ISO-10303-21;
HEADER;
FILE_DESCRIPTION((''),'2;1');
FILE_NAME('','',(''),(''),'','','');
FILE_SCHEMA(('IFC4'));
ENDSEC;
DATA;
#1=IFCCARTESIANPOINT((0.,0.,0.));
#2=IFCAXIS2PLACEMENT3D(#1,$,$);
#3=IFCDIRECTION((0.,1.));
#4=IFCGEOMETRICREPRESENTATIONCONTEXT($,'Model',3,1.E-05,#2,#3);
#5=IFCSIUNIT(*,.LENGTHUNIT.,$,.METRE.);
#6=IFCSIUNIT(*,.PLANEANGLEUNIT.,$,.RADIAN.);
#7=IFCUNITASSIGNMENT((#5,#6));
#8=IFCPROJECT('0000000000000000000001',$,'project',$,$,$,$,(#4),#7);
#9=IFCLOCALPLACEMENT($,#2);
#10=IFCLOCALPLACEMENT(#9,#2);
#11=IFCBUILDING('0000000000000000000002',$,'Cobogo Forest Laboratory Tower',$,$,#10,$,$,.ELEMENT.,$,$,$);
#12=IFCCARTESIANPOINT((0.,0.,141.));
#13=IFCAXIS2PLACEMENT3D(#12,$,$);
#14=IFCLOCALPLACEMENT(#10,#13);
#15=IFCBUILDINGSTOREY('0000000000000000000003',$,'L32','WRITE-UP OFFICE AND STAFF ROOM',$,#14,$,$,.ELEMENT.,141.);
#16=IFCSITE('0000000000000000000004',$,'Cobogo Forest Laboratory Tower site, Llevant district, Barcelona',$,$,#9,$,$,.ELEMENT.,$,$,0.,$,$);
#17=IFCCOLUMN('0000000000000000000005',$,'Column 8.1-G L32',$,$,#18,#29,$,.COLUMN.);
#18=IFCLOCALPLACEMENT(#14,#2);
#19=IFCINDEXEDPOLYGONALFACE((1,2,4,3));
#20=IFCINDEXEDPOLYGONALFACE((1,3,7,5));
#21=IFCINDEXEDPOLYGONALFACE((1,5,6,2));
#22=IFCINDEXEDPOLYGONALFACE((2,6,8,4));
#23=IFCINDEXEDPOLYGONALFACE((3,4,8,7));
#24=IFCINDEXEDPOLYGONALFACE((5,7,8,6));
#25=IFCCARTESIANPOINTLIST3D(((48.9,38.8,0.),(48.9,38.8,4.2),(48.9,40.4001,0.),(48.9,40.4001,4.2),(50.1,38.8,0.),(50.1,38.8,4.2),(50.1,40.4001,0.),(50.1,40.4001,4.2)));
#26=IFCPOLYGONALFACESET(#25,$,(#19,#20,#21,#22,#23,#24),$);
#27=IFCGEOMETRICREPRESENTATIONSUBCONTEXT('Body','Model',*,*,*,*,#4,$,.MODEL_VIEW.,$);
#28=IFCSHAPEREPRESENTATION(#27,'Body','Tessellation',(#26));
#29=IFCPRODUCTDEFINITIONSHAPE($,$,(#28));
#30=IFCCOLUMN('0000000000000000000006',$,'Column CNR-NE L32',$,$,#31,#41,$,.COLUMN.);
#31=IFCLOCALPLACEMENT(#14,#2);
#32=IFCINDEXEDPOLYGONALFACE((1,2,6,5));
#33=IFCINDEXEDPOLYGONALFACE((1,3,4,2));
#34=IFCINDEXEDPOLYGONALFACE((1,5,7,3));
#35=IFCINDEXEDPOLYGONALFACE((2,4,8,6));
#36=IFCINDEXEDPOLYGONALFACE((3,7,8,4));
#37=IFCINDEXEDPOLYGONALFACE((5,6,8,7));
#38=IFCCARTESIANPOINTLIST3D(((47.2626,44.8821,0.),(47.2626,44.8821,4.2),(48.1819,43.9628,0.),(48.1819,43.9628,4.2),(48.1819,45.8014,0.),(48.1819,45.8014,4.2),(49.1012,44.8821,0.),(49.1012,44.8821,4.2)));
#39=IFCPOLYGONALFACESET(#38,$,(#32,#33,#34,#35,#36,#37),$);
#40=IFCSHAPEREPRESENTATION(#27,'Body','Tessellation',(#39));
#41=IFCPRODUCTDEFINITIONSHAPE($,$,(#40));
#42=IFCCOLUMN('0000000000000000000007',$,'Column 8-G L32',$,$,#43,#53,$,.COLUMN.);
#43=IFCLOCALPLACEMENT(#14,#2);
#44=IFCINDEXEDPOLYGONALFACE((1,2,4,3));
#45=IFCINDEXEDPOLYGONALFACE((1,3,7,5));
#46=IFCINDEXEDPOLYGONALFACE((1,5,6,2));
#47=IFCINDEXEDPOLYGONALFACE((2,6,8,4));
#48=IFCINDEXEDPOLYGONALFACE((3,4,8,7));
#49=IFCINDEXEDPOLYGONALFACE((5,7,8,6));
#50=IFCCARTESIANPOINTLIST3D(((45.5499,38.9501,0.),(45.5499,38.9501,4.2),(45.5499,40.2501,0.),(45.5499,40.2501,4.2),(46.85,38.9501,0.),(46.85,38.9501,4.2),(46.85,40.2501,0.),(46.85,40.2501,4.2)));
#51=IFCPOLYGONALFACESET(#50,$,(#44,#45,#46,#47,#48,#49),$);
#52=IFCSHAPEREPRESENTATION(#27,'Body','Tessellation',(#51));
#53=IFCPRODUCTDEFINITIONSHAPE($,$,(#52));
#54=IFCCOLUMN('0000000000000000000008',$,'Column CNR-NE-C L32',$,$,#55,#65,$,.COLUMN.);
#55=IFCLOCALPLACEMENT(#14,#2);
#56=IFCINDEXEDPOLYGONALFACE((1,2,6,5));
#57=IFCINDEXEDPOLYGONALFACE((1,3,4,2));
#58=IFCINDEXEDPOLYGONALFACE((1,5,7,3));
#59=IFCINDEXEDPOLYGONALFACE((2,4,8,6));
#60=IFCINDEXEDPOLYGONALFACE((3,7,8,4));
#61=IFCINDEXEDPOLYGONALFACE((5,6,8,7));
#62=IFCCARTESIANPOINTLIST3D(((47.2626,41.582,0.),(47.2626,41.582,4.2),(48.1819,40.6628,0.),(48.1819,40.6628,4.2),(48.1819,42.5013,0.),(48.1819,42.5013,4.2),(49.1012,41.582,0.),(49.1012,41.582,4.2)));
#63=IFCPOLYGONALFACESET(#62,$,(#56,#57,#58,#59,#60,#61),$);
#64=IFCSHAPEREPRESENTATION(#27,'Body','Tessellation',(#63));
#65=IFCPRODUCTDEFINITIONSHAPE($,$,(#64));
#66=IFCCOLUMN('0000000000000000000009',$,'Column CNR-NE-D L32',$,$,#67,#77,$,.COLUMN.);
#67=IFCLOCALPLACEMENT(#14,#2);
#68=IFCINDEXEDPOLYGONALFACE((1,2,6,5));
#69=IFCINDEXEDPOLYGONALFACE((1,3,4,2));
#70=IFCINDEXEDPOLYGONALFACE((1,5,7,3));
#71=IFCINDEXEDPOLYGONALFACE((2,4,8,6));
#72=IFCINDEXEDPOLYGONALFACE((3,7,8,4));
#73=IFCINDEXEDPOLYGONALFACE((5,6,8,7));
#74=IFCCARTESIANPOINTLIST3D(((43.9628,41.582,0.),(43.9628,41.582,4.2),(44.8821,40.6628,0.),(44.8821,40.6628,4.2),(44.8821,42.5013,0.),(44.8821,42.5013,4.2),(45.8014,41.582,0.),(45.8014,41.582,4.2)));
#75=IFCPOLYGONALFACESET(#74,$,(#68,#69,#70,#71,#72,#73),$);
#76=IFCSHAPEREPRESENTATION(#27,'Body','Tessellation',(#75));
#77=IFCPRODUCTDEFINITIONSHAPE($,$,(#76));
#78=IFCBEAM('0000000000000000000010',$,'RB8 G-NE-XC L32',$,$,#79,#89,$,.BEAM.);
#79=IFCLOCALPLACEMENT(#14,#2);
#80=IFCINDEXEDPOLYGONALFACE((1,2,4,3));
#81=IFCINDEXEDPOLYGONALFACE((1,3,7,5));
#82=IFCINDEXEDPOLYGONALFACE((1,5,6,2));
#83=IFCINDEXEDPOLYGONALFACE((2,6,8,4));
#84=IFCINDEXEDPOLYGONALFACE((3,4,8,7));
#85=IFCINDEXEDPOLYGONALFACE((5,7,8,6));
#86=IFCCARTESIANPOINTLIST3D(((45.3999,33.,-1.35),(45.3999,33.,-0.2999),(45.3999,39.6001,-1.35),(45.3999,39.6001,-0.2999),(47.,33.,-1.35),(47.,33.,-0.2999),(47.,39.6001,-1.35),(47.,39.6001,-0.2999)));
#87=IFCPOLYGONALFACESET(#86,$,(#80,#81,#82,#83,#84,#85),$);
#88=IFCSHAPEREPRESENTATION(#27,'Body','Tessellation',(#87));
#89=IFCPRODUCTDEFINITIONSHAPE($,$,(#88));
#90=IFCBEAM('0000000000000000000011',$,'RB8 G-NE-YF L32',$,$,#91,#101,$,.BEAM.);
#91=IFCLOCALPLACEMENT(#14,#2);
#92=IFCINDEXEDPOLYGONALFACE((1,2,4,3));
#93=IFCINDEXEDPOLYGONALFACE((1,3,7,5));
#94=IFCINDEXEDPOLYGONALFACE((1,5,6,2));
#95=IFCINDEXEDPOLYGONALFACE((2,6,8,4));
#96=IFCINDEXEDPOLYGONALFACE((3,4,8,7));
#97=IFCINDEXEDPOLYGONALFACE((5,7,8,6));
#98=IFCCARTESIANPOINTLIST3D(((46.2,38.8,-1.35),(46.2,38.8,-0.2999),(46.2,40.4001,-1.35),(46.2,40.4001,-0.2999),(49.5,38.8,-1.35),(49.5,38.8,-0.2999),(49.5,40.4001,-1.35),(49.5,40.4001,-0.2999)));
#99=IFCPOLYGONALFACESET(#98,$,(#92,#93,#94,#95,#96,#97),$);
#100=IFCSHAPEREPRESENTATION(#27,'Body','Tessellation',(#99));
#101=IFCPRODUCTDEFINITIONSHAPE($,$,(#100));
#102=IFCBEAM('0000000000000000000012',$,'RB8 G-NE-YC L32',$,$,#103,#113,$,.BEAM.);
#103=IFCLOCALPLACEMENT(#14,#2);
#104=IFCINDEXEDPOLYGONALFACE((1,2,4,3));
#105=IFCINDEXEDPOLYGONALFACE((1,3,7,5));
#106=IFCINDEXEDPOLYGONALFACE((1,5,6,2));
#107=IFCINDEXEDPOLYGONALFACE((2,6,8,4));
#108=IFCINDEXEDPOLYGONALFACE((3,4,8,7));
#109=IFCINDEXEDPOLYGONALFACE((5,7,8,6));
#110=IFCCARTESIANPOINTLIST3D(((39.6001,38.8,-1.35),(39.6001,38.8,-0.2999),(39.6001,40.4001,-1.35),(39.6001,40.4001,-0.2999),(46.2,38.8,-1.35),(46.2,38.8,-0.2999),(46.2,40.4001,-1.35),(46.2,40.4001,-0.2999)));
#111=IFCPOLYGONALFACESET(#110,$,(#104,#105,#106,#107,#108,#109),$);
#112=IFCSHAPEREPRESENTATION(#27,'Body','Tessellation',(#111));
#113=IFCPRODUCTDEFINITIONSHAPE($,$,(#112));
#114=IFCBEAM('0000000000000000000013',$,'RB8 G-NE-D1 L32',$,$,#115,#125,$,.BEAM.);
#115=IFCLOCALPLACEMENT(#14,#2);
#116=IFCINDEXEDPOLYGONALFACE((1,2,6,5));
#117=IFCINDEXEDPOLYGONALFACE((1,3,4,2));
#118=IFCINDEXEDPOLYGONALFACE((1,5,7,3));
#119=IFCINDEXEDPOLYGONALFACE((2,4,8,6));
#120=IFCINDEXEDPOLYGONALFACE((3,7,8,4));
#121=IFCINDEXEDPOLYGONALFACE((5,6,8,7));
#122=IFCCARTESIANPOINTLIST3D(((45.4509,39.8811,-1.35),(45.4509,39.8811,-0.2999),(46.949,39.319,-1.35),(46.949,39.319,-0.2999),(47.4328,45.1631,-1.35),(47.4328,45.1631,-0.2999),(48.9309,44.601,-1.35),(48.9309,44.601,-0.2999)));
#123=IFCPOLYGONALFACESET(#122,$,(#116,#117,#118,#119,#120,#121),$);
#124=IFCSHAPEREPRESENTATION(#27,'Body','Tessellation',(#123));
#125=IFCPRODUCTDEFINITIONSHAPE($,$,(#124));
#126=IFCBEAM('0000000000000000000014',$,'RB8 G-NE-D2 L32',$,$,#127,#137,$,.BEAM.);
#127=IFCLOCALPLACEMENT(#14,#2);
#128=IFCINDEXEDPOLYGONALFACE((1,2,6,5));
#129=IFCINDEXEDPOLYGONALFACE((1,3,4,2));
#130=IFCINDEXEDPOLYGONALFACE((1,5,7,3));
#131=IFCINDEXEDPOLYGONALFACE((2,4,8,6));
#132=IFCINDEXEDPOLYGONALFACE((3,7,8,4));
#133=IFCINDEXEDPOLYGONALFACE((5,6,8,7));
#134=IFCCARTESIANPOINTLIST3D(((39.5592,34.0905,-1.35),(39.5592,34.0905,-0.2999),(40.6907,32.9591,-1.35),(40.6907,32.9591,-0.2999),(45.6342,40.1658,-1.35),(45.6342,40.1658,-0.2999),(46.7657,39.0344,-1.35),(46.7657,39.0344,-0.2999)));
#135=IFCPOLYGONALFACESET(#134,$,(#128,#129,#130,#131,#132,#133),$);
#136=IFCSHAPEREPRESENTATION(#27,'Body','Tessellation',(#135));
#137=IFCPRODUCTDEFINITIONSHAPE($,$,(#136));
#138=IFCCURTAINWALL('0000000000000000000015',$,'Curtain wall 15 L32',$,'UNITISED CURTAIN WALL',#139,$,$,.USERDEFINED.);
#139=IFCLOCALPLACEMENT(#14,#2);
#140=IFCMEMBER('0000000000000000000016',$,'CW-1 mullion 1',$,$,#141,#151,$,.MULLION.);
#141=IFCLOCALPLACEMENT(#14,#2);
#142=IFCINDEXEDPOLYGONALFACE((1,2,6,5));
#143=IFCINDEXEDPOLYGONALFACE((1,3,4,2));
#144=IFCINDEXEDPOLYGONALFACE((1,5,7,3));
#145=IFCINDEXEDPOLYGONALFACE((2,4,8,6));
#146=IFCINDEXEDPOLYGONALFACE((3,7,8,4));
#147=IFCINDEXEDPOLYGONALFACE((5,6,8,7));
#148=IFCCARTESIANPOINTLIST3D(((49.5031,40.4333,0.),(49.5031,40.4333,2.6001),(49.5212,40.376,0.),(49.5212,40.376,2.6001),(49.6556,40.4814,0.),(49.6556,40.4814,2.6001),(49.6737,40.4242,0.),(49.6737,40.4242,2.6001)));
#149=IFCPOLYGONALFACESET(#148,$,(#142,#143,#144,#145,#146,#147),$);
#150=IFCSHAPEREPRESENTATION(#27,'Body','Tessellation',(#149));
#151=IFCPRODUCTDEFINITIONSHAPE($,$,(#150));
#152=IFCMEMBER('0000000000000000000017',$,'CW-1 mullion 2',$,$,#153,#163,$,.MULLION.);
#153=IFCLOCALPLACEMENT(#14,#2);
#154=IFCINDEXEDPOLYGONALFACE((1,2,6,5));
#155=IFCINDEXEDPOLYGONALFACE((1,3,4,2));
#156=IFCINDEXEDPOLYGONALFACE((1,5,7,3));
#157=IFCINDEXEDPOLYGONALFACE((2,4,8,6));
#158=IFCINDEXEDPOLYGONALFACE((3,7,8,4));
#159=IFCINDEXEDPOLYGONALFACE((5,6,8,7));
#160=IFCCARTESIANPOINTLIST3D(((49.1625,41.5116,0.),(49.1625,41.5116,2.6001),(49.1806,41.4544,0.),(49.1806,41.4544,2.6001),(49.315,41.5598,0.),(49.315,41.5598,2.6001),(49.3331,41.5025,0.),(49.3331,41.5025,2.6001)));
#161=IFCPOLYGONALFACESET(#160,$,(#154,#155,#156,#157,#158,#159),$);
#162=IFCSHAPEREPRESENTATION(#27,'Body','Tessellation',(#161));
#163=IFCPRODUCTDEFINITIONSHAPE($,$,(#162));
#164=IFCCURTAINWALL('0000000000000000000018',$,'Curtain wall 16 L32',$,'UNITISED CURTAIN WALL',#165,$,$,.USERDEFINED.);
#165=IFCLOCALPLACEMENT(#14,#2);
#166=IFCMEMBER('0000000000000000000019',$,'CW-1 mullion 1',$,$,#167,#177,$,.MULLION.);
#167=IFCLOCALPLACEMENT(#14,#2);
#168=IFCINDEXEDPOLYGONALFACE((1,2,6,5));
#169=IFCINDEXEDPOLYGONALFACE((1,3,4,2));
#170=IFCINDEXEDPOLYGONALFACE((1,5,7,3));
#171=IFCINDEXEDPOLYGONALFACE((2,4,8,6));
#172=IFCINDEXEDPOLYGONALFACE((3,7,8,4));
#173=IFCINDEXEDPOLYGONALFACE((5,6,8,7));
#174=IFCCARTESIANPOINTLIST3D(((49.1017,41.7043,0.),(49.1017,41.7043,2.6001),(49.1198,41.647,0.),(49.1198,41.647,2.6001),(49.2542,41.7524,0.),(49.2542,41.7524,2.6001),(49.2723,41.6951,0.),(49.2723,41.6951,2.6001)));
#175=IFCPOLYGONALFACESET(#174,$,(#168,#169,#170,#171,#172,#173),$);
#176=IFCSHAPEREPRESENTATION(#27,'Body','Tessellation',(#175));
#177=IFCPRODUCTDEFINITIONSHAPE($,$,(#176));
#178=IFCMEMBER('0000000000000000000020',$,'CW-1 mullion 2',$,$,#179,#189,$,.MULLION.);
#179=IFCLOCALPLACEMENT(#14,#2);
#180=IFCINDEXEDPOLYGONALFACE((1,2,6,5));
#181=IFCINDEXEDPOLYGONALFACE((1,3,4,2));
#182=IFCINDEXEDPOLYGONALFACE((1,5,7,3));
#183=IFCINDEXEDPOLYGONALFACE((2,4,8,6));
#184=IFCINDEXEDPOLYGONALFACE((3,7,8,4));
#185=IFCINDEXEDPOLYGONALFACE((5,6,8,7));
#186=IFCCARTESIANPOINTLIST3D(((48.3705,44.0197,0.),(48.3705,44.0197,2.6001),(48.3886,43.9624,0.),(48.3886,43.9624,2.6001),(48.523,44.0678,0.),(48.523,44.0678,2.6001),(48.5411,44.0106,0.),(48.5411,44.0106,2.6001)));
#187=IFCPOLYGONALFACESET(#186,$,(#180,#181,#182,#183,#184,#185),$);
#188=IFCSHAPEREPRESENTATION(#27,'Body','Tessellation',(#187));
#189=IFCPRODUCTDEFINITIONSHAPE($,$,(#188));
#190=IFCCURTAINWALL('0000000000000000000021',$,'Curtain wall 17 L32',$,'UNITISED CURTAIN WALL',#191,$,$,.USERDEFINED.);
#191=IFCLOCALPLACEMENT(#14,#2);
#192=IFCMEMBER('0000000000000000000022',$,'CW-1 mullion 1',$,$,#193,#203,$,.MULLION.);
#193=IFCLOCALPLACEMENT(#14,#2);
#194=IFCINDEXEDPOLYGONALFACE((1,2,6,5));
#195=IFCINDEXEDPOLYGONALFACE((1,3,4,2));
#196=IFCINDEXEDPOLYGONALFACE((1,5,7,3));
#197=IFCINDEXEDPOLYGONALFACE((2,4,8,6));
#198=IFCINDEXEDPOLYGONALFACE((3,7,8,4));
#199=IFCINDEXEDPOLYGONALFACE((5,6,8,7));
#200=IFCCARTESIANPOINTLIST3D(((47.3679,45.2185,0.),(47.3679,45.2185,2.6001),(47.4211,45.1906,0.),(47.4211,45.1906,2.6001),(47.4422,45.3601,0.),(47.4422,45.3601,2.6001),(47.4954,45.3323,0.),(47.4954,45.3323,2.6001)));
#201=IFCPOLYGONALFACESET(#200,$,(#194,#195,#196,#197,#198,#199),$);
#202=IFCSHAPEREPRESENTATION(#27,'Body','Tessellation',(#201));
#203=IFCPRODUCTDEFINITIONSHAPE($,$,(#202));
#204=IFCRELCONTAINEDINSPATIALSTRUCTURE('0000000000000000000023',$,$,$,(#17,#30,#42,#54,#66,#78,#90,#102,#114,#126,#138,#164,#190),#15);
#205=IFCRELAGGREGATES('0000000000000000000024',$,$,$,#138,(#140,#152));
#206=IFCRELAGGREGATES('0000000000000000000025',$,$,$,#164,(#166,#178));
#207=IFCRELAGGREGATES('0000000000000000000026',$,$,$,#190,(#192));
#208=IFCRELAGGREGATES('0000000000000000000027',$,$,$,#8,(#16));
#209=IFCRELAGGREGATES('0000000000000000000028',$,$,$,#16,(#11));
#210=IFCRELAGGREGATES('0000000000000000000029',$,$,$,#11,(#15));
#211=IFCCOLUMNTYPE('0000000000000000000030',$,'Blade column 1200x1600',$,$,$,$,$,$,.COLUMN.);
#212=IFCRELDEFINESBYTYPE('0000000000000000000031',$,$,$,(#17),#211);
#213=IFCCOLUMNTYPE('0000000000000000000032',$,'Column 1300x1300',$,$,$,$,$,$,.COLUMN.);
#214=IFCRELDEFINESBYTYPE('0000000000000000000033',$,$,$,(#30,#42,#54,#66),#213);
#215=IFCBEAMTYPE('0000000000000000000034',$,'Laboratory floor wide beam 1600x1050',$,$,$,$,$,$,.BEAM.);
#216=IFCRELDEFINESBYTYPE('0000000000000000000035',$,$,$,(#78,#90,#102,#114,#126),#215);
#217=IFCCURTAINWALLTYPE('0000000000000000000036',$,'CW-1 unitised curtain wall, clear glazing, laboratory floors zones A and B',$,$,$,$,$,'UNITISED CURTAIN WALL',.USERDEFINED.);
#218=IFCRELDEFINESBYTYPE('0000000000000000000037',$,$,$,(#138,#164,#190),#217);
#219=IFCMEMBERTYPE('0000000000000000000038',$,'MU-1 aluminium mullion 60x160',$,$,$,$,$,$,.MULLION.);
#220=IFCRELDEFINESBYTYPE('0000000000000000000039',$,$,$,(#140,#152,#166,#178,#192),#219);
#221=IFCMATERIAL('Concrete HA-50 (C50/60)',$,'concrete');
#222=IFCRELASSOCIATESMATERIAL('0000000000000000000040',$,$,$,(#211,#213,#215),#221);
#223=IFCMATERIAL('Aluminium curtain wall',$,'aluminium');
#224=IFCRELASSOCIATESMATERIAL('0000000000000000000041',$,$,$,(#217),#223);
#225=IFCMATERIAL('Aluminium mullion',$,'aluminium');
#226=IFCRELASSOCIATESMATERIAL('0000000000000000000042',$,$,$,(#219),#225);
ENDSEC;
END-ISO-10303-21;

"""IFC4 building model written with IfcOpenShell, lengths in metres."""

from ifc_helpers import new_model, si_unit, direction, frame, origin, origin_2d, place, context, subcontext, project, spatial, rectangle, extrude, material, material_profile, profile_set, type_object, element, aggregate, save


model = new_model("IFC4")

# Units and contexts
model_context = context("Model", 3, precision=1e-05, world=origin(), true_north=direction((0.0, 1.0)))
body_context = subcontext(model_context, "Body", "Model", "MODEL_VIEW")
ifc_project = project(units=[si_unit("LENGTHUNIT", "METRE"), si_unit("PLANEANGLEUNIT", "RADIAN")], contexts=[model_context])

# Site, building, storey
site_placement = place(None, origin())
site = spatial("IfcSite", under=ifc_project, at=site_placement, Name="Cobogo Forest Laboratory Tower site, Llevant district, Barcelona", CompositionType="ELEMENT", RefElevation=0.0)
building_placement = place(site_placement, origin())
building = spatial("IfcBuilding", under=site, at=building_placement, Name="Cobogo Forest Laboratory Tower", CompositionType="ELEMENT")
storey_placement = place(building_placement, frame((0.0, 0.0, 141.0)))
storey = spatial("IfcBuildingStorey", under=building, at=storey_placement, Name="L32", Description="WRITE-UP OFFICE AND STAFF ROOM", CompositionType="ELEMENT", Elevation=141.0)

# Columns
ifc_material_1 = material(Name="Concrete HA-50 (C50/60)", Category="concrete")
ifc_material_profile_1 = material_profile(ifc_material_1, rectangle(XDim=1.6001, YDim=1.2, at=origin_2d()), Name="RC 1200x1600")
ifc_profile_set_1 = profile_set([ifc_material_profile_1], Name="Concrete HA-50 (C50/60)")
column_type_1 = type_object("IfcColumnType", Name="Blade column 1200x1600", PredefinedType="COLUMN", material=ifc_profile_set_1)
column_placement = place(storey_placement, frame((49.5, 39.6001, 0.0), z_axis=(0.0, 0.0, 1.0), x_axis=(0.0, 1.0, 0.0)))
element("IfcColumn", 1, at=column_placement, inside=storey, type_object=column_type_1, Name="Column 8.1-G L32", PredefinedType="COLUMN", context=body_context, shape_type="SweptSolid", body=[
    extrude(rectangle(XDim=1.6001, YDim=1.2, at=origin_2d()), origin(), (0.0, 0.0, 1.0), 4.2),
])
ifc_material_profile_2 = material_profile(ifc_material_1, rectangle(XDim=1.3, YDim=1.3, at=origin_2d()), Name="RC 1300x1300")
ifc_profile_set_2 = profile_set([ifc_material_profile_2], Name="Concrete HA-50 (C50/60)")
column_type_2 = type_object("IfcColumnType", Name="Column 1300x1300", PredefinedType="COLUMN", material=ifc_profile_set_2)
for number, where, z_axis, x_axis, name in (
    (2, (48.1819, 44.8821, 0.0), (0.0, 0.0, 1.0), (0.707107, 0.707107, 0.0), "Column CNR-NE L32"),
    (3, (46.2, 39.6001, 0.0), (0.0, 0.0, 1.0), (1.0, 0.0, 0.0), "Column 8-G L32"),
    (4, (48.1819, 41.582, 0.0), (0.0, 0.0, 1.0), (0.707107, 0.707107, 0.0), "Column CNR-NE-C L32"),
    (5, (44.8821, 41.582, 0.0), (0.0, 0.0, 1.0), (0.707107, 0.707107, 0.0), "Column CNR-NE-D L32"),
):
    element("IfcColumn", number, at=place(storey_placement, frame(where, z_axis=z_axis, x_axis=x_axis)), inside=storey, type_object=column_type_2, Name=name, PredefinedType="COLUMN", context=body_context, shape_type="SweptSolid", body=[
        extrude(rectangle(XDim=1.3, YDim=1.3, at=origin_2d()), origin(), (0.0, 0.0, 1.0), 4.2),
    ])

# Beams
ifc_material_profile_3 = material_profile(ifc_material_1, rectangle(XDim=1.6001, YDim=1.05, at=origin_2d()), Name="RC 1600x1050")
ifc_profile_set_3 = profile_set([ifc_material_profile_3], Name="Concrete HA-50 (C50/60)")
beam_type_1 = type_object("IfcBeamType", Name="Laboratory floor wide beam 1600x1050", PredefinedType="BEAM", material=ifc_profile_set_3)
beam_1_placement = place(storey_placement, frame((46.2, 39.6001, -0.825), z_axis=(0.0, -1.0, 0.0), x_axis=(1.0, 0.0, 0.0)))
element("IfcBeam", 6, at=beam_1_placement, inside=storey, type_object=beam_type_1, Name="RB8 G-NE-XC L32", PredefinedType="BEAM", context=body_context, shape_type="SweptSolid", body=[
    extrude(rectangle(XDim=1.6001, YDim=1.05, at=origin_2d()), origin(), (0.0, 0.0, 1.0), 6.6001),
])
beam_2_placement = place(storey_placement, frame((49.5, 39.6001, -0.825), z_axis=(-1.0, 0.0, 0.0), x_axis=(0.0, -1.0, 0.0)))
element("IfcBeam", 7, at=beam_2_placement, inside=storey, type_object=beam_type_1, Name="RB8 G-NE-YF L32", PredefinedType="BEAM", context=body_context, shape_type="SweptSolid", body=[
    extrude(rectangle(XDim=1.6001, YDim=1.05, at=origin_2d()), origin(), (0.0, 0.0, 1.0), 3.3),
])
beam_3_placement = place(storey_placement, frame((46.2, 39.6001, -0.825), z_axis=(-1.0, 0.0, 0.0), x_axis=(0.0, -1.0, 0.0)))
element("IfcBeam", 8, at=beam_3_placement, inside=storey, type_object=beam_type_1, Name="RB8 G-NE-YC L32", PredefinedType="BEAM", context=body_context, shape_type="SweptSolid", body=[
    extrude(rectangle(XDim=1.6001, YDim=1.05, at=origin_2d()), origin(), (0.0, 0.0, 1.0), 6.5999),
])
beam_4_placement = place(storey_placement, frame((48.1819, 44.8821, -0.825), z_axis=(-0.351308, -0.93626, 0.0), x_axis=(0.93626, -0.351308, 0.0)))
element("IfcBeam", 9, at=beam_4_placement, inside=storey, type_object=beam_type_1, Name="RB8 G-NE-D1 L32", PredefinedType="BEAM", context=body_context, shape_type="SweptSolid", body=[
    extrude(rectangle(XDim=1.6001, YDim=1.05, at=origin_2d()), origin(), (0.0, 0.0, 1.0), 5.6416),
])
beam_5_placement = place(storey_placement, frame((46.2, 39.6001, -0.825), z_axis=(-0.707093, -0.707121, 0.0), x_axis=(0.707121, -0.707093, 0.0)))
element("IfcBeam", 10, at=beam_5_placement, inside=storey, type_object=beam_type_1, Name="RB8 G-NE-D2 L32", PredefinedType="BEAM", context=body_context, shape_type="SweptSolid", body=[
    extrude(rectangle(XDim=1.6001, YDim=1.05, at=origin_2d()), origin(), (0.0, 0.0, 1.0), 8.5916),
])

# Curtain walls, members
ifc_material_2 = material(Name="Aluminium curtain wall", Category="aluminium")
curtain_wall_type = type_object("IfcCurtainWallType", Name="CW-1 unitised curtain wall, clear glazing, laboratory floors zones A and B", ElementType="UNITISED CURTAIN WALL", PredefinedType="USERDEFINED", material=ifc_material_2)
curtain_wall_1_placement = place(storey_placement, origin())
curtain_wall_1 = element("IfcCurtainWall", 11, at=curtain_wall_1_placement, inside=storey, type_object=curtain_wall_type, Name="Curtain wall 15 L32", ObjectType="UNITISED CURTAIN WALL", PredefinedType="USERDEFINED")
ifc_material_3 = material(Name="Aluminium mullion", Category="aluminium")
ifc_material_profile_4 = material_profile(ifc_material_3, rectangle(XDim=0.0601, YDim=0.1599, at=origin_2d()), Name="AL 60x160")
ifc_profile_set_4 = profile_set([ifc_material_profile_4], Name="Aluminium mullion")
member_type_1 = type_object("IfcMemberType", Name="MU-1 aluminium mullion 60x160", PredefinedType="MULLION", material=ifc_profile_set_4)
member_1_placement = place(storey_placement, frame((49.5884, 40.4287, 0.0), z_axis=(0.0, 0.0, 1.0), x_axis=(-0.301136, 0.953581, 0.0)))
member_1 = element("IfcMember", 12, at=member_1_placement, type_object=member_type_1, Name="CW-1 mullion 1", PredefinedType="MULLION", context=body_context, shape_type="SweptSolid", body=[
    extrude(rectangle(XDim=0.0601, YDim=0.1599, at=origin_2d()), origin(), (0.0, 0.0, 1.0), 2.6001),
])
member_2_placement = place(storey_placement, frame((49.2478, 41.5071, 0.0), z_axis=(0.0, 0.0, 1.0), x_axis=(-0.301136, 0.953581, 0.0)))
member_2 = element("IfcMember", 13, at=member_2_placement, type_object=member_type_1, Name="CW-1 mullion 2", PredefinedType="MULLION", context=body_context, shape_type="SweptSolid", body=[
    extrude(rectangle(XDim=0.0601, YDim=0.1599, at=origin_2d()), origin(), (0.0, 0.0, 1.0), 2.6001),
])
curtain_wall_2_placement = place(storey_placement, origin())
curtain_wall_2 = element("IfcCurtainWall", 14, at=curtain_wall_2_placement, inside=storey, type_object=curtain_wall_type, Name="Curtain wall 16 L32", ObjectType="UNITISED CURTAIN WALL", PredefinedType="USERDEFINED")
member_3_placement = place(storey_placement, frame((49.187, 41.6997, 0.0), z_axis=(0.0, 0.0, 1.0), x_axis=(-0.301135, 0.953581, 0.0)))
member_3 = element("IfcMember", 15, at=member_3_placement, type_object=member_type_1, Name="CW-1 mullion 1", PredefinedType="MULLION", context=body_context, shape_type="SweptSolid", body=[
    extrude(rectangle(XDim=0.0601, YDim=0.1599, at=origin_2d()), origin(), (0.0, 0.0, 1.0), 2.6001),
])
member_4_placement = place(storey_placement, frame((48.4558, 44.0151, 0.0), z_axis=(0.0, 0.0, 1.0), x_axis=(-0.301135, 0.953581, 0.0)))
member_4 = element("IfcMember", 16, at=member_4_placement, type_object=member_type_1, Name="CW-1 mullion 2", PredefinedType="MULLION", context=body_context, shape_type="SweptSolid", body=[
    extrude(rectangle(XDim=0.0601, YDim=0.1599, at=origin_2d()), origin(), (0.0, 0.0, 1.0), 2.6001),
])
curtain_wall_3_placement = place(storey_placement, origin())
curtain_wall_3 = element("IfcCurtainWall", 17, at=curtain_wall_3_placement, inside=storey, type_object=curtain_wall_type, Name="Curtain wall 17 L32", ObjectType="UNITISED CURTAIN WALL", PredefinedType="USERDEFINED")
member_5_placement = place(storey_placement, frame((47.4316, 45.2754, 0.0), z_axis=(0.0, 0.0, 1.0), x_axis=(-0.885687, 0.464284, 0.0)))
member_5 = element("IfcMember", 18, at=member_5_placement, type_object=member_type_1, Name="CW-1 mullion 1", PredefinedType="MULLION", context=body_context, shape_type="SweptSolid", body=[
    extrude(rectangle(XDim=0.0601, YDim=0.1599, at=origin_2d()), origin(), (0.0, 0.0, 1.0), 2.6001),
])

aggregate(curtain_wall_1, [member_1, member_2])
aggregate(curtain_wall_2, [member_3, member_4])
aggregate(curtain_wall_3, [member_5])

save(model, "model.ifc")
